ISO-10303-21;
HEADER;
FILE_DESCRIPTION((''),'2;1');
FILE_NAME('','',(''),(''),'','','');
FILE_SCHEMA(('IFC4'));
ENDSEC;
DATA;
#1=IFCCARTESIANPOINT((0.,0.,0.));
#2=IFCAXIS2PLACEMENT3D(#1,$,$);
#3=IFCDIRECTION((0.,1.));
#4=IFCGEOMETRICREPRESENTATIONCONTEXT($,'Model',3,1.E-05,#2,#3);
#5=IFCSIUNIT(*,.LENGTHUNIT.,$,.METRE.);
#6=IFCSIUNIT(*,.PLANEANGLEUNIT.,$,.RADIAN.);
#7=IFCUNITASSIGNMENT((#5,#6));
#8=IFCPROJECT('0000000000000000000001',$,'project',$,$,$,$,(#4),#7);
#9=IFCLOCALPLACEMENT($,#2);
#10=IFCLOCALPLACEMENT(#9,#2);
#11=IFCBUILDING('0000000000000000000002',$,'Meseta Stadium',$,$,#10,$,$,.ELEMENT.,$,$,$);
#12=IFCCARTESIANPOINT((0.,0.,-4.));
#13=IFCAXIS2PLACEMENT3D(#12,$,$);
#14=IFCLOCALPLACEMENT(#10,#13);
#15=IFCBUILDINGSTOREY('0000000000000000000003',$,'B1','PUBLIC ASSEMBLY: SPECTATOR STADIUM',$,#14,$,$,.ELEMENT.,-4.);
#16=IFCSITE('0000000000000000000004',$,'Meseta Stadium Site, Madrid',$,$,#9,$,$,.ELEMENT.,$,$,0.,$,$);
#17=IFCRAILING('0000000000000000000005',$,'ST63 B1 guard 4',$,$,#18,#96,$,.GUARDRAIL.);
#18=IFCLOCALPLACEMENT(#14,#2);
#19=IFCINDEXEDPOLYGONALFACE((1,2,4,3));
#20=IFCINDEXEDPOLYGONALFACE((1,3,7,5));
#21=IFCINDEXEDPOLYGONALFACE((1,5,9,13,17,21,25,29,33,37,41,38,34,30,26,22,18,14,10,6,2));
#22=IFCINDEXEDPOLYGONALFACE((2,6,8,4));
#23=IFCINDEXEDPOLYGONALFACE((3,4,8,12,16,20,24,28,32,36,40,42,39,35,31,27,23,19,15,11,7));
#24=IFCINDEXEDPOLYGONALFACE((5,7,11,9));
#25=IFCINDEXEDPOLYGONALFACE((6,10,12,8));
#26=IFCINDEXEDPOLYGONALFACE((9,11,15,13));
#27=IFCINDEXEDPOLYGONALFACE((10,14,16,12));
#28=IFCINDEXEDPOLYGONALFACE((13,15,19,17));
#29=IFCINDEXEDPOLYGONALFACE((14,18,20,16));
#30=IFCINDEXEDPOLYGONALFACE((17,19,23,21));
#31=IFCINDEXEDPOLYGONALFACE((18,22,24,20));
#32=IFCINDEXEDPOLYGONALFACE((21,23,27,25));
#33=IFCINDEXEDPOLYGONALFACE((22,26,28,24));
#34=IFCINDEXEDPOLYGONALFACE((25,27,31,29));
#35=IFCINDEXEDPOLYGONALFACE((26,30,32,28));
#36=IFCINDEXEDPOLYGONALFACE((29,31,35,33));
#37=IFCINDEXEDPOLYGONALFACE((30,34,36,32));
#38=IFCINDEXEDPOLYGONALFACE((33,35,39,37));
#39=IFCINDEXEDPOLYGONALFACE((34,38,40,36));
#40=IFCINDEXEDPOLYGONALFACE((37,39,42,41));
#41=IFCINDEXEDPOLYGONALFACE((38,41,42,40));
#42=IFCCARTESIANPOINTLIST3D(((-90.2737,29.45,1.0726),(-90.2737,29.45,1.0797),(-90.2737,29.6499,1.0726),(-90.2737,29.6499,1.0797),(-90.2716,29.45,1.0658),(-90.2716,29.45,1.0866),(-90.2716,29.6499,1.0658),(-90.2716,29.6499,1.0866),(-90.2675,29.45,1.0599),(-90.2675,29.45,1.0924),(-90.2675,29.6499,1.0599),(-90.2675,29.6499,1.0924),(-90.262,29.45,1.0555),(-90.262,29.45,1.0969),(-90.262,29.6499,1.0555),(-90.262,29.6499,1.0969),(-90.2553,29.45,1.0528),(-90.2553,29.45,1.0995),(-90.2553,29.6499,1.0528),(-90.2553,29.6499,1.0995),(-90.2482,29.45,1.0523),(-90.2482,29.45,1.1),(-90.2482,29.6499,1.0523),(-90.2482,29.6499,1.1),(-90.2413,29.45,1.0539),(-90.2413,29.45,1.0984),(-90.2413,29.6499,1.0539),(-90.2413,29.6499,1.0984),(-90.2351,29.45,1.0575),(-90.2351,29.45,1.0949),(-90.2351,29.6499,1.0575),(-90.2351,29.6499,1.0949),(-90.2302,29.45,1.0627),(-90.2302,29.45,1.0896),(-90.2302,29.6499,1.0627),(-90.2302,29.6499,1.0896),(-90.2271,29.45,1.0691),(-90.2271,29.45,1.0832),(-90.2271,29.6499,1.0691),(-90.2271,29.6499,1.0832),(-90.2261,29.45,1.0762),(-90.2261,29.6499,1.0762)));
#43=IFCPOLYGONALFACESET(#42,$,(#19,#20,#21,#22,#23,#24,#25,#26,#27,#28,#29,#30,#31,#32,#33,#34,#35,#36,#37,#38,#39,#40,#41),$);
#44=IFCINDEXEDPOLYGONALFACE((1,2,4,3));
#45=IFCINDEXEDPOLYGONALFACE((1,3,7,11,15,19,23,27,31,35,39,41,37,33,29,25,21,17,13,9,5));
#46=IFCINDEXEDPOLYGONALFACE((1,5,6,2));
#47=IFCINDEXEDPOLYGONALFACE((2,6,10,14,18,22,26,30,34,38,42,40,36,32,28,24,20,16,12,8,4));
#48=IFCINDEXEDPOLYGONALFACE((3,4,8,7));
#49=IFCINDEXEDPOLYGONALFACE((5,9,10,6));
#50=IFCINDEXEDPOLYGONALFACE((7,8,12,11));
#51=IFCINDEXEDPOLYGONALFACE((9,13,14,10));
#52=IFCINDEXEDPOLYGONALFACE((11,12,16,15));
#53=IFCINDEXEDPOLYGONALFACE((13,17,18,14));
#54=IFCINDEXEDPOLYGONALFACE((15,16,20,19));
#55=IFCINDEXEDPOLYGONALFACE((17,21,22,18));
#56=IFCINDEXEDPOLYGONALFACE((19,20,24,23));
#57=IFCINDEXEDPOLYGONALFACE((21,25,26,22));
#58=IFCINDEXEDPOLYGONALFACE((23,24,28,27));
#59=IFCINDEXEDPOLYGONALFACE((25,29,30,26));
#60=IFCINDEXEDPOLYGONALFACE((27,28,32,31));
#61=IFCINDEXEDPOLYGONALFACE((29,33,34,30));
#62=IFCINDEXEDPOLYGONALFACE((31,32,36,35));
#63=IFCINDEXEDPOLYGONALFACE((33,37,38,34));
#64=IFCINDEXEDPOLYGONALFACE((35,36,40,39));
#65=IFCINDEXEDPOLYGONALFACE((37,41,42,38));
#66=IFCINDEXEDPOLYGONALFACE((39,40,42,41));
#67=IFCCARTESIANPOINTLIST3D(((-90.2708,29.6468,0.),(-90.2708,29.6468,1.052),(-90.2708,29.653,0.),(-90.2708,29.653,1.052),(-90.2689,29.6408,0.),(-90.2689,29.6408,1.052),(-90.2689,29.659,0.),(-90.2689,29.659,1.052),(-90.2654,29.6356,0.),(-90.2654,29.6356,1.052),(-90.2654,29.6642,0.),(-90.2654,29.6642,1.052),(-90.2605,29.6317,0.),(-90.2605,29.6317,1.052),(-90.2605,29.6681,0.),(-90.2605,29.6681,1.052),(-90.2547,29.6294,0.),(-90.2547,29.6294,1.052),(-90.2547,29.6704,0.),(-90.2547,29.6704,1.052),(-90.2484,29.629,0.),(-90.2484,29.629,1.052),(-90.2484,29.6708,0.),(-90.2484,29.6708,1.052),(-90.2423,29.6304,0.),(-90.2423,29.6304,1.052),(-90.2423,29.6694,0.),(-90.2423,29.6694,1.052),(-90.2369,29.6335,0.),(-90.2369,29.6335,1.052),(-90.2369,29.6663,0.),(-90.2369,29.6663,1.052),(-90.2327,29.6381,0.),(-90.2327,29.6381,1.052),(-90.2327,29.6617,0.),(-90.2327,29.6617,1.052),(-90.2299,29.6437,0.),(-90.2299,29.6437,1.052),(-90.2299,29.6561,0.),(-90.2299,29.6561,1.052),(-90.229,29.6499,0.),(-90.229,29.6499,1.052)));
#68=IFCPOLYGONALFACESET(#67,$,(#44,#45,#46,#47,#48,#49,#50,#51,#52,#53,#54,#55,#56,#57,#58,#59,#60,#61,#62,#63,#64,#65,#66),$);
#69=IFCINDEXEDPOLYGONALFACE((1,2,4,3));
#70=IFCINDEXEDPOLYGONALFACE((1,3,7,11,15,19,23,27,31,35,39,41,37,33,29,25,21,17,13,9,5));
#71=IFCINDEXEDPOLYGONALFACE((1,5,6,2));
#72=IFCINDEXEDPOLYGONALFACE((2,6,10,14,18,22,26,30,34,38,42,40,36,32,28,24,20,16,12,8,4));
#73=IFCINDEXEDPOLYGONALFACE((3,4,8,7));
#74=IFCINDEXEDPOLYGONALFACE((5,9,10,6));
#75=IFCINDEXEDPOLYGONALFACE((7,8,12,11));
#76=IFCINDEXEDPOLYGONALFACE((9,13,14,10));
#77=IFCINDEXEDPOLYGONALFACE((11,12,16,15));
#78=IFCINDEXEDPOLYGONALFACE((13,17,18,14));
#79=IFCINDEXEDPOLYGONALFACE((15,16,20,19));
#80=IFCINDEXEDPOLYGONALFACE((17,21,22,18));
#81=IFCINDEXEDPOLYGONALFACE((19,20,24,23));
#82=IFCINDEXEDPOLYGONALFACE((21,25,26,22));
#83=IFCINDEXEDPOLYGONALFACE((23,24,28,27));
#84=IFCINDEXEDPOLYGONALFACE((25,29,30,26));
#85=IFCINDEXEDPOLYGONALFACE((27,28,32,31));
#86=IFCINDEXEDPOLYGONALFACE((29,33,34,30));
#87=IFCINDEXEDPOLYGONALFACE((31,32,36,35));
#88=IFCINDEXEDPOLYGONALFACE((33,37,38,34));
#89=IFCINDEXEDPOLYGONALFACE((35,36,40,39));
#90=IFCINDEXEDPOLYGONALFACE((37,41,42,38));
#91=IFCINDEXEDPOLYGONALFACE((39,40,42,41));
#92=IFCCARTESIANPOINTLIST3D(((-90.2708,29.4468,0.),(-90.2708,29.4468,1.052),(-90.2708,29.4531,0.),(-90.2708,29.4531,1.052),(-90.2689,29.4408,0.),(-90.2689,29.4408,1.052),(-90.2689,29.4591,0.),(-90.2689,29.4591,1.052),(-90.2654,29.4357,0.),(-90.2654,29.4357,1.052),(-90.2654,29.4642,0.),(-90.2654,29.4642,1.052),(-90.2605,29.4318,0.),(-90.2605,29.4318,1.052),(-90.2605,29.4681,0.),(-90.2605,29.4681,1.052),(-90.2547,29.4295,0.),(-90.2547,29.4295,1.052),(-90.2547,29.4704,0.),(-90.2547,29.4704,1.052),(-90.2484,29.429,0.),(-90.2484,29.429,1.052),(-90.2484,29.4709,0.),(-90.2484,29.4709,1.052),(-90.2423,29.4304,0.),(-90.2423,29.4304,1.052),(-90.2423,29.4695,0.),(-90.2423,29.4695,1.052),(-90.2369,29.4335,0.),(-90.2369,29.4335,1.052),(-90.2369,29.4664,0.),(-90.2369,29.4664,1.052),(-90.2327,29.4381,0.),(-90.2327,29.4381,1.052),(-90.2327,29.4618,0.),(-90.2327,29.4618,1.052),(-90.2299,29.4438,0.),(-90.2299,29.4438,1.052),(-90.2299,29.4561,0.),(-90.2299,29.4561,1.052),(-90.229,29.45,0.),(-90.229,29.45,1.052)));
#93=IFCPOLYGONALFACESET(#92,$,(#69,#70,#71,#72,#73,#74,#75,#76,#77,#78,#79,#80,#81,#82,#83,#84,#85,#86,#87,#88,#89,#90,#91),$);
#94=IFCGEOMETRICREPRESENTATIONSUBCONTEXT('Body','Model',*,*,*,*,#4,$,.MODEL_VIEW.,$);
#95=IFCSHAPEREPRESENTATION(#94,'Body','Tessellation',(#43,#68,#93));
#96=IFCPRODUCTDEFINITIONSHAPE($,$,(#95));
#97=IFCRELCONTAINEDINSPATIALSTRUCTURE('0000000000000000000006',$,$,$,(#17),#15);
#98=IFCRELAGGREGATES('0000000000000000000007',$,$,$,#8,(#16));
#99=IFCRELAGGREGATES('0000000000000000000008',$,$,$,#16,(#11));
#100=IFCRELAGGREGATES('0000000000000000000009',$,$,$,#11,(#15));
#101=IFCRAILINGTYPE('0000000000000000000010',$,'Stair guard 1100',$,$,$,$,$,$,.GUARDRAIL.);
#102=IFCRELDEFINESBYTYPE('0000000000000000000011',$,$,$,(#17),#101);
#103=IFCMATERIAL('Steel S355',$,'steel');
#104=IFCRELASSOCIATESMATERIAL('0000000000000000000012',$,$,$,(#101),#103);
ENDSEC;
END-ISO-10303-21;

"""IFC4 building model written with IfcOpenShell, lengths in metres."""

from ifc_helpers import new_model, si_unit, direction, frame, origin, origin_2d, place, context, subcontext, project, spatial, circle, extrude, material, type_object, element, save


model = new_model("IFC4")

# Units and contexts
model_context = context("Model", 3, precision=1e-05, world=origin(), true_north=direction((0.0, 1.0)))
body_context = subcontext(model_context, "Body", "Model", "MODEL_VIEW")
ifc_project = project(units=[si_unit("LENGTHUNIT", "METRE"), si_unit("PLANEANGLEUNIT", "RADIAN")], contexts=[model_context])

# Site, building, storey
site_placement = place(None, origin())
site = spatial("IfcSite", under=ifc_project, at=site_placement, Name="Meseta Stadium Site, Madrid", CompositionType="ELEMENT", RefElevation=0.0)
building_placement = place(site_placement, origin())
building = spatial("IfcBuilding", under=site, at=building_placement, Name="Meseta Stadium", CompositionType="ELEMENT")
storey_placement = place(building_placement, frame((0.0, 0.0, -4.0)))
storey = spatial("IfcBuildingStorey", under=building, at=storey_placement, Name="B1", Description="PUBLIC ASSEMBLY: SPECTATOR STADIUM", CompositionType="ELEMENT", Elevation=-4.0)

# Railing
ifc_material_1 = material(Name="Steel S355", Category="steel")
railing_type_1 = type_object("IfcRailingType", Name="Stair guard 1100", PredefinedType="GUARDRAIL", material=ifc_material_1)
railing_1_placement = place(storey_placement, frame((-90.25, 29.6499, 0.0)))
element("IfcRailing", 1, at=railing_1_placement, inside=storey, type_object=railing_type_1, Name="ST63 B1 guard 4", PredefinedType="GUARDRAIL", context=body_context, shape_type="SweptSolid", body=[
    extrude(circle(Radius=0.0239, at=origin_2d()), frame((0.0, 0.0, 1.0762), z_axis=(0.0, -1.0, 0.0), x_axis=(1.0, 0.0, 0.0)), (0.0, 0.0, 1.0), 0.2),
    extrude(circle(Radius=0.021, at=origin_2d()), origin(), (0.0, 0.0, 1.0), 1.052),
    extrude(circle(Radius=0.021, at=origin_2d()), frame((0.0, -0.2, 0.0)), (0.0, 0.0, 1.0), 1.052),
])

save(model, "model.ifc")
